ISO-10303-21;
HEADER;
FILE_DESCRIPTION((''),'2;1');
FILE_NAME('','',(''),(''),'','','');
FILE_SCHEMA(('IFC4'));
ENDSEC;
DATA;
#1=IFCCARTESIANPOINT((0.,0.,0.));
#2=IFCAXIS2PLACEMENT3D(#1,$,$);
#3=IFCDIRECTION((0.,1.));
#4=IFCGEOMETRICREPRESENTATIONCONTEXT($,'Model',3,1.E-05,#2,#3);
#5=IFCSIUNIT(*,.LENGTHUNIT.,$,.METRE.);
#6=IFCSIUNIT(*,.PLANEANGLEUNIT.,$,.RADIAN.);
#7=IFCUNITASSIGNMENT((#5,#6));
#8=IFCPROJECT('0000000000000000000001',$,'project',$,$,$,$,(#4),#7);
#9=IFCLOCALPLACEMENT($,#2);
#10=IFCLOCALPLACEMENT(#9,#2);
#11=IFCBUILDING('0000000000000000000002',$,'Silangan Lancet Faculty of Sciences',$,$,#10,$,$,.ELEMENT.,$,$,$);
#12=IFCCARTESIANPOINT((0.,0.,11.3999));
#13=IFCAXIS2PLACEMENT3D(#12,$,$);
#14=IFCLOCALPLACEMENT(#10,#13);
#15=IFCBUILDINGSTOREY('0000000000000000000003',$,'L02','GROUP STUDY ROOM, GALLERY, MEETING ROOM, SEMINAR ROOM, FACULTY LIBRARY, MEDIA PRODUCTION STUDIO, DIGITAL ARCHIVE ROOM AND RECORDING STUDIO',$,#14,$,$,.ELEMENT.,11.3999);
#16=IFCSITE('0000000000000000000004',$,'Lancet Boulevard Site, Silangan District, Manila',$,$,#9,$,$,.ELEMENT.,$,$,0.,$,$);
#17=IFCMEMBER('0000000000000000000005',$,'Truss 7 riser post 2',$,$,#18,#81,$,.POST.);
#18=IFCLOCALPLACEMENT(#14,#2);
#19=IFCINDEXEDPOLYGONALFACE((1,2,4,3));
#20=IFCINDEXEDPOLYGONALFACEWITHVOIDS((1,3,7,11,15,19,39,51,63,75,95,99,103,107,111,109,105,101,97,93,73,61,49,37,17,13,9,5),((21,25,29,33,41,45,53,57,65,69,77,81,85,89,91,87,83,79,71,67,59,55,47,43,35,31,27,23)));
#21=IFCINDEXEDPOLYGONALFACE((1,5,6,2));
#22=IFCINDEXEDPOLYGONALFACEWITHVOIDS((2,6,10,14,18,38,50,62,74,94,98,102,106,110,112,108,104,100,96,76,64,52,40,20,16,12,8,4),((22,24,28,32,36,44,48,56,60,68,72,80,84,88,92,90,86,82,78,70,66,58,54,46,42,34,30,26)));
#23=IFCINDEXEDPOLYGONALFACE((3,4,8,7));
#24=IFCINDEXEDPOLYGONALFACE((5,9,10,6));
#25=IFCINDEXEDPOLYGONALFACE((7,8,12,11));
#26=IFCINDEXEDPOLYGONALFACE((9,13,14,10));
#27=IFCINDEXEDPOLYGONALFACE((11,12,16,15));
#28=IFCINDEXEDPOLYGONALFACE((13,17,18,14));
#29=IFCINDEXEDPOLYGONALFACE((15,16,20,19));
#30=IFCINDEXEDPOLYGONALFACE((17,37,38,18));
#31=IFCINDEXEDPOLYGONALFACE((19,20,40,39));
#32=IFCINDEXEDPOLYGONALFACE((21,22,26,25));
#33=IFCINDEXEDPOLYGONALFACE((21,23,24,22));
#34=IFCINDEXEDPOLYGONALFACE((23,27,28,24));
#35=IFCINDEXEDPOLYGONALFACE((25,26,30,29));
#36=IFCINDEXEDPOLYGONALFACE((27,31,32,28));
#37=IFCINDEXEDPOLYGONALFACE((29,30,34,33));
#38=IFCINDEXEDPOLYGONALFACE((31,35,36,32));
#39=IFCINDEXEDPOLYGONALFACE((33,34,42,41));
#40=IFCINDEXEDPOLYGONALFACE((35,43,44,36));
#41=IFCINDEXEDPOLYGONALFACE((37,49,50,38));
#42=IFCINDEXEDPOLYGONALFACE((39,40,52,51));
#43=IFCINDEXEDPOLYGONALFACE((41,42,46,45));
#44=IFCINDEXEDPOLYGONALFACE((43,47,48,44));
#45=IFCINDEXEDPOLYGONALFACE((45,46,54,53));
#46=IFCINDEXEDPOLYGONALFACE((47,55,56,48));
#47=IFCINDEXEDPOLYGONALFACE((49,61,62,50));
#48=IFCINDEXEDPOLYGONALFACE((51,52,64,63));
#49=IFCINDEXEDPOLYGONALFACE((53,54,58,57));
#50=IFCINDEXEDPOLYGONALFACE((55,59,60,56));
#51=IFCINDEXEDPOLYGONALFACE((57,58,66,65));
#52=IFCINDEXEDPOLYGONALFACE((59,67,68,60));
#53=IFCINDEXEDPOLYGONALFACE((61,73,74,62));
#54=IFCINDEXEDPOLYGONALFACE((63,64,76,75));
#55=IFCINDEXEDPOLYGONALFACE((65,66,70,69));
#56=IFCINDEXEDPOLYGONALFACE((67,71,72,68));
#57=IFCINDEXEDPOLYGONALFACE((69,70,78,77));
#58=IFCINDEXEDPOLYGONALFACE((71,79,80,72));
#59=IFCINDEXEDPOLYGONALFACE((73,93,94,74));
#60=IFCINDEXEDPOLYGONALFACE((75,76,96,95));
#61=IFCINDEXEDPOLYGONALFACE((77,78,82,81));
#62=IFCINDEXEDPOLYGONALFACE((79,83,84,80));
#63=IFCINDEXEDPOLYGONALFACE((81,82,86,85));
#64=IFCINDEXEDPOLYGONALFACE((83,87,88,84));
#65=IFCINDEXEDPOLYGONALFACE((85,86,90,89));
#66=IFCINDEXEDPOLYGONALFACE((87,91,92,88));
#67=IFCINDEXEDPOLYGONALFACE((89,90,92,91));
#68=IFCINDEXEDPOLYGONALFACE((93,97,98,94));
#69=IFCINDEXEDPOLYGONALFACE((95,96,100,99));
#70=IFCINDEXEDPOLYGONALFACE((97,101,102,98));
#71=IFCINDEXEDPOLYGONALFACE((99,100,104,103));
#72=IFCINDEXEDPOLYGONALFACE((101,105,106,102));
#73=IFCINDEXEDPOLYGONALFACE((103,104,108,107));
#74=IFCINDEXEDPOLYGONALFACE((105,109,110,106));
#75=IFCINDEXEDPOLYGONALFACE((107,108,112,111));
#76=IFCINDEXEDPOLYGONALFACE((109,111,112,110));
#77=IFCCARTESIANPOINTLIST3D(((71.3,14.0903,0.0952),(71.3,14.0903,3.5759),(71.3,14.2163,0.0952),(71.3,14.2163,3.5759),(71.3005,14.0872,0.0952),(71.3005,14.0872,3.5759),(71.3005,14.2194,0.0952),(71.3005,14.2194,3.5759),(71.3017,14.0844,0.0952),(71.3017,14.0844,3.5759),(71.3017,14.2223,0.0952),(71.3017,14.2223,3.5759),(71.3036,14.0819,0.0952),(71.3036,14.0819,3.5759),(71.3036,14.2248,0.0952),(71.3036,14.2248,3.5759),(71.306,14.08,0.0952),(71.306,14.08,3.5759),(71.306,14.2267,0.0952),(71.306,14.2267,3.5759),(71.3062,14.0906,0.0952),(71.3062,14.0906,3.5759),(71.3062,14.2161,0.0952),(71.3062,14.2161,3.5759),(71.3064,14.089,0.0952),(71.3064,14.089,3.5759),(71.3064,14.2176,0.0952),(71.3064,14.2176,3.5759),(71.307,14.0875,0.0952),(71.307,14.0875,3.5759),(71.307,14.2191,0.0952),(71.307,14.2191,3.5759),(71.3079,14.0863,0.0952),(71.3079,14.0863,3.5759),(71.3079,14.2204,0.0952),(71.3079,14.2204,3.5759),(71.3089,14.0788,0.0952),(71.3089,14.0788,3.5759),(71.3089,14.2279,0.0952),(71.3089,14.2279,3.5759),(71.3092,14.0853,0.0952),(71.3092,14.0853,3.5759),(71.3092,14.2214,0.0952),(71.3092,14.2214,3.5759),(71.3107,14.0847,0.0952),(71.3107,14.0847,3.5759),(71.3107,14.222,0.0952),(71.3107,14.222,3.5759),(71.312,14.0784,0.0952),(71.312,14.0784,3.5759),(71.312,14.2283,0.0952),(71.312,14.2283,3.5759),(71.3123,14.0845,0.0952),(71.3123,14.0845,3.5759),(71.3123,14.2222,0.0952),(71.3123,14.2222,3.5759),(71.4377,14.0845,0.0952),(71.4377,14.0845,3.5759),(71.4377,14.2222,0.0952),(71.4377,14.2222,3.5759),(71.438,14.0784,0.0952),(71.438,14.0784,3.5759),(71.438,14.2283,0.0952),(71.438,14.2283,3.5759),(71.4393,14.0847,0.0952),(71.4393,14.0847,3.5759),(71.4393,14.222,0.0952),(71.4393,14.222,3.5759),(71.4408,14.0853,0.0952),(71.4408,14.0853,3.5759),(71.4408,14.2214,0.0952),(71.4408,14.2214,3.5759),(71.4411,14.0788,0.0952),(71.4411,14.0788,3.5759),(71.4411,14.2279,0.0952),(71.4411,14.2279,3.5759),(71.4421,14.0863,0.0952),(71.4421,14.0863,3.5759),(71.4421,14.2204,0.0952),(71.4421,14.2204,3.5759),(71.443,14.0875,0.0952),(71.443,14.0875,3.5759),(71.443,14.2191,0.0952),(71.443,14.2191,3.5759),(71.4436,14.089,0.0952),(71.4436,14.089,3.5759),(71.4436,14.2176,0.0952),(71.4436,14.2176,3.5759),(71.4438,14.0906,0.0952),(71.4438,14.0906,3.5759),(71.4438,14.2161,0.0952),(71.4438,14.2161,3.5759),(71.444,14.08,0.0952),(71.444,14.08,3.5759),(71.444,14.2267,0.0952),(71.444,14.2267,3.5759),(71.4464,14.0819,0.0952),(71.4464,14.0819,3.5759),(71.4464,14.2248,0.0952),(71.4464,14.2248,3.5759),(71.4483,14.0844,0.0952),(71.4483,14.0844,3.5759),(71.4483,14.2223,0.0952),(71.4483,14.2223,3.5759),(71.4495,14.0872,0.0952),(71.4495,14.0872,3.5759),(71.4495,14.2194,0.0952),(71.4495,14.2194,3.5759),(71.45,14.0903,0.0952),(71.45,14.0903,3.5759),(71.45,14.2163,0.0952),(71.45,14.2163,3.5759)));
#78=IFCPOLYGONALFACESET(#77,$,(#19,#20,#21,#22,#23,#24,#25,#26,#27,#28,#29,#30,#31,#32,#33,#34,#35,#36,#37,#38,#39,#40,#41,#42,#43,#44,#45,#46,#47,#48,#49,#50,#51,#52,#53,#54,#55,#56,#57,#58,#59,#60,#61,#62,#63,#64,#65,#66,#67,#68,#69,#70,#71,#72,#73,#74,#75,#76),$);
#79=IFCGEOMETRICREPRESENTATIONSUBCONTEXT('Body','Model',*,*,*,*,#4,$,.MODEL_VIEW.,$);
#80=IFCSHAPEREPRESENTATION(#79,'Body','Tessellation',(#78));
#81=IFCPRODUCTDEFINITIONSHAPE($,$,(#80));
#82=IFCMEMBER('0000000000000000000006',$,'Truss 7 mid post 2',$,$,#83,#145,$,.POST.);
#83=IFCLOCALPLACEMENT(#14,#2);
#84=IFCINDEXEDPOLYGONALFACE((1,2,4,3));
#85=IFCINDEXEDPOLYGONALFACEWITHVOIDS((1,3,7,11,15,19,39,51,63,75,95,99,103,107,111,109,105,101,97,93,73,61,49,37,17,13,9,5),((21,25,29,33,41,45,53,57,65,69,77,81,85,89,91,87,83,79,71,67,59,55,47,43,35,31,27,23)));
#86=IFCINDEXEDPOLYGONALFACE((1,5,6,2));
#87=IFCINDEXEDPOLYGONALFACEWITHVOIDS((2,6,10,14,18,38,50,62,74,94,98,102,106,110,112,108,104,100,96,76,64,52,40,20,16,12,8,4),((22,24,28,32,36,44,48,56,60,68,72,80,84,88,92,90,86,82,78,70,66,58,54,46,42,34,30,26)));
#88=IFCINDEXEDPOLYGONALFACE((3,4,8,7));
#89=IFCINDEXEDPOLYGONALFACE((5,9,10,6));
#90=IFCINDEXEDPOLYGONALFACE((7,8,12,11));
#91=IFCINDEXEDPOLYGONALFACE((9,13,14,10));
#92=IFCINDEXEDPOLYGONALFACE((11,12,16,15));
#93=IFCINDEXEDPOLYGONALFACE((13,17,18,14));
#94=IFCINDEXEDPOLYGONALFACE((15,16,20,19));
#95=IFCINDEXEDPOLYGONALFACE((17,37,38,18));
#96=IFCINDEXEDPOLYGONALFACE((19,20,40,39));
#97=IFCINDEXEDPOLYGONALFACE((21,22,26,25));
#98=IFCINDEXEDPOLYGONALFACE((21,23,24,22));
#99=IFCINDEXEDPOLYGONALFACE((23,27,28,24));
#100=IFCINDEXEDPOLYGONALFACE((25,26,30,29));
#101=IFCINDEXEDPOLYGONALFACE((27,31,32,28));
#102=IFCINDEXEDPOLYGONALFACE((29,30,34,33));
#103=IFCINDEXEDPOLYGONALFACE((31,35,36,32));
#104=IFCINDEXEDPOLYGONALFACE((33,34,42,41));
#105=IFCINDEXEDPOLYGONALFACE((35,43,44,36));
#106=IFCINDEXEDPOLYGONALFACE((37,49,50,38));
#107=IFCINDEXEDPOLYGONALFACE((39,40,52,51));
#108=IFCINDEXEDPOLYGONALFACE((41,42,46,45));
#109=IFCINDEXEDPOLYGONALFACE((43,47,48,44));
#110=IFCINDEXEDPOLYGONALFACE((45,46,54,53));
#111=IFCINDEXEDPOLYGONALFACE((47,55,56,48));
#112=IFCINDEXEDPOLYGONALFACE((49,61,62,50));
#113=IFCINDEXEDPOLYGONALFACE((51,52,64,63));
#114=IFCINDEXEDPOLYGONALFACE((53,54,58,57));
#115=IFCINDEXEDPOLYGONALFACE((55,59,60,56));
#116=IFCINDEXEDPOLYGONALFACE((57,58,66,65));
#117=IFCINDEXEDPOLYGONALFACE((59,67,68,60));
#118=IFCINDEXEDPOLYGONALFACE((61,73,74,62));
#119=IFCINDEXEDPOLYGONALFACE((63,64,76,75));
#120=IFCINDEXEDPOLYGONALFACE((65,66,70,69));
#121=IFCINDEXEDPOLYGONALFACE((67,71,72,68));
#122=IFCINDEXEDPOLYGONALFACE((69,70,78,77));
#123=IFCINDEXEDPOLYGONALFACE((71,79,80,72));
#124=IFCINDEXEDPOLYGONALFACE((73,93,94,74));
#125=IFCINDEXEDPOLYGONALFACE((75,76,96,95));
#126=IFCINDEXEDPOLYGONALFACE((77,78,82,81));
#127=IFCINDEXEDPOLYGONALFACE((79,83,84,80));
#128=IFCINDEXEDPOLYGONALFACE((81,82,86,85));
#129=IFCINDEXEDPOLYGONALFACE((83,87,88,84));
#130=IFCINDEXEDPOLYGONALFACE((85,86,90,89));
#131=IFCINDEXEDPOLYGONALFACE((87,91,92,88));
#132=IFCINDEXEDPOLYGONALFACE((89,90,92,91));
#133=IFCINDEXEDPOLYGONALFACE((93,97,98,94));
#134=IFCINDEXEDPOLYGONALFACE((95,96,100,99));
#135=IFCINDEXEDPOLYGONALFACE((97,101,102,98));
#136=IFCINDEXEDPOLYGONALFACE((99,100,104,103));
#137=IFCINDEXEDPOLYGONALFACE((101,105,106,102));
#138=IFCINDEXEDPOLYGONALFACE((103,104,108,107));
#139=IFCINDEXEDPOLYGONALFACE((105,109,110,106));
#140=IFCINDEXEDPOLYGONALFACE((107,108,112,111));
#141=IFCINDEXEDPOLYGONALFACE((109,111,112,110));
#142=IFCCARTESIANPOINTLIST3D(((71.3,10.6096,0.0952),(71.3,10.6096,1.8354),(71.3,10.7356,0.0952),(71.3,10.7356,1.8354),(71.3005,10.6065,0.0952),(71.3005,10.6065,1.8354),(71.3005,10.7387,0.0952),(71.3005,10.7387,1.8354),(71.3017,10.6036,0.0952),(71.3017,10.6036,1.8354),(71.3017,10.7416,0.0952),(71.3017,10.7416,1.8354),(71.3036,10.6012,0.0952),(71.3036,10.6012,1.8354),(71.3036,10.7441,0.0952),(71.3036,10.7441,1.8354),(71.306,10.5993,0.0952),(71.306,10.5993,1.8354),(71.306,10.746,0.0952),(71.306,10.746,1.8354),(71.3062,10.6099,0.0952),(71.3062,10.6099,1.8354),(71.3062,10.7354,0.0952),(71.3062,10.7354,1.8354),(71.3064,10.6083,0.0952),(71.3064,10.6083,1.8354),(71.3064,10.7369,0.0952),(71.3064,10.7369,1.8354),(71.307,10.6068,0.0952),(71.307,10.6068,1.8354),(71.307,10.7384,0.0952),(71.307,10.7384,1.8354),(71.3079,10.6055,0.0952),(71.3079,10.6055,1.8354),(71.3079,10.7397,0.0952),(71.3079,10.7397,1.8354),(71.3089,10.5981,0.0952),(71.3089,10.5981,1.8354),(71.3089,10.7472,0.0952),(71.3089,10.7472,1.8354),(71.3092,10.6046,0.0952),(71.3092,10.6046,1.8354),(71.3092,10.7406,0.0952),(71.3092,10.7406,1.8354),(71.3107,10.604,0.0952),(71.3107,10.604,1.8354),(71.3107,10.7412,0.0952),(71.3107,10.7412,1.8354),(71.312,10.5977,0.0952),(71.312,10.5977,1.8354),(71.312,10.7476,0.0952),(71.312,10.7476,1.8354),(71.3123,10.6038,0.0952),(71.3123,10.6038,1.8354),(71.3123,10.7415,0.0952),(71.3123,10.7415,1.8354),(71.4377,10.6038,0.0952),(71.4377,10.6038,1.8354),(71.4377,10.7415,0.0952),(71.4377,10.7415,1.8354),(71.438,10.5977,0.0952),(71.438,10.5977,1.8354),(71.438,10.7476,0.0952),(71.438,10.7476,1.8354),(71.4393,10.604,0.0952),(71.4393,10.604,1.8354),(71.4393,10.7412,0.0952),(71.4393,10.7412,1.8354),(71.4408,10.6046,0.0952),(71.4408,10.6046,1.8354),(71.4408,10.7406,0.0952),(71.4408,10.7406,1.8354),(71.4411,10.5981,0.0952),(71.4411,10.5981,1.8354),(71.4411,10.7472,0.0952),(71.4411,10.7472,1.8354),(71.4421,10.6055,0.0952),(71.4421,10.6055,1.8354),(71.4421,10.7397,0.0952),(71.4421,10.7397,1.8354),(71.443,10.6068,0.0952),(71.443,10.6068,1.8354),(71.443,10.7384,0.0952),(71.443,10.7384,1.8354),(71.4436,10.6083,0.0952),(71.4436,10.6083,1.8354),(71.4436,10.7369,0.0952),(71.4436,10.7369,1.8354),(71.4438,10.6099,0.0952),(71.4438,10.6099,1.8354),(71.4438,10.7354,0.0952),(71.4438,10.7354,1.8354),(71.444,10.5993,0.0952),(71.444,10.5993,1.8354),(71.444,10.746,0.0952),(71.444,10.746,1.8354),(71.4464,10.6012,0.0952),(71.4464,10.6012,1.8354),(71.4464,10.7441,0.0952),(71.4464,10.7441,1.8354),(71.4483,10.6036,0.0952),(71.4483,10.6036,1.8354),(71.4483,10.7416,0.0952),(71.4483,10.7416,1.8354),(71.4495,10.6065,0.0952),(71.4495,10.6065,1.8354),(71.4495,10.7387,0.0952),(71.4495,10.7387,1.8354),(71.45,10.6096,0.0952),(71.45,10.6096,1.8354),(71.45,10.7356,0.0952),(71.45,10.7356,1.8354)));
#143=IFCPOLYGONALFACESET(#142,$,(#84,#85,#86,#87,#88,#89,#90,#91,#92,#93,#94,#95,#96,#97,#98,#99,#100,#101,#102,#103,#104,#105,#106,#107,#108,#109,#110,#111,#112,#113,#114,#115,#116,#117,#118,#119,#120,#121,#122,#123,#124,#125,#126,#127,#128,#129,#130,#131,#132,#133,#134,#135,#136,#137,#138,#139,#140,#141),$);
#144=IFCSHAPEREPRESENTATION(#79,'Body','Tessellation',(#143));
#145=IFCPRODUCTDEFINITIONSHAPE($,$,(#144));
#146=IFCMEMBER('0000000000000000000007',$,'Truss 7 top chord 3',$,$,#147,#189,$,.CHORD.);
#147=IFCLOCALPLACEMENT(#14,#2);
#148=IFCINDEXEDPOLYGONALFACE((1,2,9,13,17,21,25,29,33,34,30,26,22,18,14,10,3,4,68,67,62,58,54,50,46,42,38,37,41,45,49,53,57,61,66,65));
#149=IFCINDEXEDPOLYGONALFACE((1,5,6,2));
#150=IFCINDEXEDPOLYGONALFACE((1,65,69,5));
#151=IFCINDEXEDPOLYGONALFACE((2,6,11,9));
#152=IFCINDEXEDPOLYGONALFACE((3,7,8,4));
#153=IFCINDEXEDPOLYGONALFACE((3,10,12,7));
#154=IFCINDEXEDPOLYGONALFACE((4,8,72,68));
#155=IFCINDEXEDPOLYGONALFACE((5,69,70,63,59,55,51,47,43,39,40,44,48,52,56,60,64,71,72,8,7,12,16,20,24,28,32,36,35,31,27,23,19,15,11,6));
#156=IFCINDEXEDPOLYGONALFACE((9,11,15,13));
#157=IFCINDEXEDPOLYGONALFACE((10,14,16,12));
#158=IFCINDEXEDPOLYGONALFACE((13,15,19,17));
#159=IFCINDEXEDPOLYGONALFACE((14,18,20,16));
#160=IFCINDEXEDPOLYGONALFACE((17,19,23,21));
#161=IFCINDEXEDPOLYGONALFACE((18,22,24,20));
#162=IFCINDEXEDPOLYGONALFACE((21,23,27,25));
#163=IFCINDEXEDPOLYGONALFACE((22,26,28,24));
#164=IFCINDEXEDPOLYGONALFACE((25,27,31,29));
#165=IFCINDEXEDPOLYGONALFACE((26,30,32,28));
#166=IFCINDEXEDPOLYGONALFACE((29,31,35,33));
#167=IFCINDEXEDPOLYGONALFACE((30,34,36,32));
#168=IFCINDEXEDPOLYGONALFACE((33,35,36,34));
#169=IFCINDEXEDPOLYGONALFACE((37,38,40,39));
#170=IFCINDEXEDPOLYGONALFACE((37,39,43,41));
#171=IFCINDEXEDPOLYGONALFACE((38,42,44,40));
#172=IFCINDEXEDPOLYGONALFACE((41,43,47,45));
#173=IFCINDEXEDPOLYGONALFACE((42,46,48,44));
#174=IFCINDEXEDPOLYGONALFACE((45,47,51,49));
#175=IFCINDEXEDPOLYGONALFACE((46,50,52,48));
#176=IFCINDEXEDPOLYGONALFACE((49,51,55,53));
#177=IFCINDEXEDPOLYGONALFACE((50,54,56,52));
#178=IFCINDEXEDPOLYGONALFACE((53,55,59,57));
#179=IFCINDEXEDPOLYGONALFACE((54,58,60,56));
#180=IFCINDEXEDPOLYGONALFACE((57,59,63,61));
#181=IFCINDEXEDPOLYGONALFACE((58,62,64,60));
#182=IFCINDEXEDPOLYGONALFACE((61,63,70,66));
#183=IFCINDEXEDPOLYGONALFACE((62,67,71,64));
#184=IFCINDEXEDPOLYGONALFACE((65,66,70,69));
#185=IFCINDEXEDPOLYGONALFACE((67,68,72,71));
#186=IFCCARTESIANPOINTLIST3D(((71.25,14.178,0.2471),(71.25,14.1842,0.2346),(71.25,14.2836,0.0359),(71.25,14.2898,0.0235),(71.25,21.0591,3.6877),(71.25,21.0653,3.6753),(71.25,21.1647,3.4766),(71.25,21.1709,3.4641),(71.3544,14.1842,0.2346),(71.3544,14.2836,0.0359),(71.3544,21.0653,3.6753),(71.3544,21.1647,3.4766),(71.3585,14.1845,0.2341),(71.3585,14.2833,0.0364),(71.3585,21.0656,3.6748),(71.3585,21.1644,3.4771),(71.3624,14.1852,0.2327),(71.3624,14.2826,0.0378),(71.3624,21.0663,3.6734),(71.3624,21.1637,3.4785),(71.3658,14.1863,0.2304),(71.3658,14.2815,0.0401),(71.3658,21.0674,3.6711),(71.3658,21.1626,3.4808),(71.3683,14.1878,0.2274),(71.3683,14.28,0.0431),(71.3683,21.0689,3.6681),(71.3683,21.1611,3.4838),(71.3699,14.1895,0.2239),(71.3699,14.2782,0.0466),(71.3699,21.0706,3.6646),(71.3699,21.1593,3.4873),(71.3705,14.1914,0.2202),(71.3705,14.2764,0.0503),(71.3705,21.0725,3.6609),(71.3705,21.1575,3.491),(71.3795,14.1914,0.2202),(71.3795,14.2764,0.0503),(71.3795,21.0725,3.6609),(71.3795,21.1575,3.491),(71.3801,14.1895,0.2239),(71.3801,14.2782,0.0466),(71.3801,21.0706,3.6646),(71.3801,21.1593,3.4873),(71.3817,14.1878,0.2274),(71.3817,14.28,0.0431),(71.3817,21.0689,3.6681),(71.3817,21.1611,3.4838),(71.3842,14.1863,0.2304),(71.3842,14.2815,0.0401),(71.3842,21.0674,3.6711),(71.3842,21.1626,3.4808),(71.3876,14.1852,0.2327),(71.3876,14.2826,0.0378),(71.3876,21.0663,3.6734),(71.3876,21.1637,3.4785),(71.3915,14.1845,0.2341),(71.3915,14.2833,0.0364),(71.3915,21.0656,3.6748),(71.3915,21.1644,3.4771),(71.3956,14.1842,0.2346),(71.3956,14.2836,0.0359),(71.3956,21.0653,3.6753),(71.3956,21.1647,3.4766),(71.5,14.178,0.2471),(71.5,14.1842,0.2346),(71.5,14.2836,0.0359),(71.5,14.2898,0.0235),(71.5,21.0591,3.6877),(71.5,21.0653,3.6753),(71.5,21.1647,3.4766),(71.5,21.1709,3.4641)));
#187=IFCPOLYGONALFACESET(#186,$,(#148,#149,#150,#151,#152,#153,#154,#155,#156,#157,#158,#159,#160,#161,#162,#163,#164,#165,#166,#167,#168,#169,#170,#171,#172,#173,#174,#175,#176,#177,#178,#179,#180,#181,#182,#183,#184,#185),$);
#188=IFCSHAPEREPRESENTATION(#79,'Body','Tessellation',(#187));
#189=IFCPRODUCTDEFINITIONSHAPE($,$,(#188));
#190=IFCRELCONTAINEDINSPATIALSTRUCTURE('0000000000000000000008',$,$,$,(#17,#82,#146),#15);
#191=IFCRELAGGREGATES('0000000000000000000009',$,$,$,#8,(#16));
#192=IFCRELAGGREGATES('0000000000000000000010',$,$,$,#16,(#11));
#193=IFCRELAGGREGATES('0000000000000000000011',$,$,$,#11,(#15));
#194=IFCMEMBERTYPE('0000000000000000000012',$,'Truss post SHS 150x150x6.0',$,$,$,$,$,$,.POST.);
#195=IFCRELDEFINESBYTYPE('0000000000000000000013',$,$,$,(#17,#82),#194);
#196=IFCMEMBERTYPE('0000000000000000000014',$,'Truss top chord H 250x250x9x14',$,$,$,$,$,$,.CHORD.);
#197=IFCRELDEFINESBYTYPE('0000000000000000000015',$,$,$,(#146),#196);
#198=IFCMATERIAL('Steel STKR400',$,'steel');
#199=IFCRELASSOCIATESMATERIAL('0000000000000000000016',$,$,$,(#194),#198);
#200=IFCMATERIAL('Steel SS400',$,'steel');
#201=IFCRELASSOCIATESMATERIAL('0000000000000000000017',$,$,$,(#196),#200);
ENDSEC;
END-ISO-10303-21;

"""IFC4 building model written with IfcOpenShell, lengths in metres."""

from ifc_helpers import new_model, si_unit, direction, frame, origin, origin_2d, place, context, subcontext, project, spatial, hollow_rectangle, i_section, extrude, material, material_profile, profile_set, type_object, element, save


model = new_model("IFC4")

# Units and contexts
model_context = context("Model", 3, precision=1e-05, world=origin(), true_north=direction((0.0, 1.0)))
body_context = subcontext(model_context, "Body", "Model", "MODEL_VIEW")
ifc_project = project(units=[si_unit("LENGTHUNIT", "METRE"), si_unit("PLANEANGLEUNIT", "RADIAN")], contexts=[model_context])

# Site, building, storey
site_placement = place(None, origin())
site = spatial("IfcSite", under=ifc_project, at=site_placement, Name="Lancet Boulevard Site, Silangan District, Manila", CompositionType="ELEMENT", RefElevation=0.0)
building_placement = place(site_placement, origin())
building = spatial("IfcBuilding", under=site, at=building_placement, Name="Silangan Lancet Faculty of Sciences", CompositionType="ELEMENT")
storey_placement = place(building_placement, frame((0.0, 0.0, 11.3999)))
storey = spatial("IfcBuildingStorey", under=building, at=storey_placement, Name="L02", Description="GROUP STUDY ROOM, GALLERY, MEETING ROOM, SEMINAR ROOM, FACULTY LIBRARY, MEDIA PRODUCTION STUDIO, DIGITAL ARCHIVE ROOM AND RECORDING STUDIO", CompositionType="ELEMENT", Elevation=11.3999)

# Members
ifc_material_1 = material(Name="Steel STKR400", Category="steel")
ifc_material_profile_1 = material_profile(ifc_material_1, hollow_rectangle(XDim=0.1499, YDim=0.1499, WallThickness=0.0061, InnerFilletRadius=0.0061, OuterFilletRadius=0.012, at=origin_2d()), Name="SHS 150x150x6.0")
ifc_profile_set_1 = profile_set([ifc_material_profile_1], Name="Steel STKR400")
member_type_1 = type_object("IfcMemberType", Name="Truss post SHS 150x150x6.0", PredefinedType="POST", material=ifc_profile_set_1)
member_1_placement = place(storey_placement, frame((71.375, 14.1533, 0.0952), z_axis=(0.0, 0.0, 1.0), x_axis=(1.0, 0.0, 0.0)))
element("IfcMember", 1, at=member_1_placement, inside=storey, type_object=member_type_1, Name="Truss 7 riser post 2", PredefinedType="POST", context=body_context, shape_type="SweptSolid", body=[
    extrude(hollow_rectangle(XDim=0.1499, YDim=0.1499, WallThickness=0.0061, InnerFilletRadius=0.0061, OuterFilletRadius=0.012, at=origin_2d()), origin(), (0.0, 0.0, 1.0), 3.4807),
])
member_2_placement = place(storey_placement, frame((71.375, 10.6726, 0.0952), z_axis=(0.0, 0.0, 1.0), x_axis=(1.0, 0.0, 0.0)))
element("IfcMember", 2, at=member_2_placement, inside=storey, type_object=member_type_1, Name="Truss 7 mid post 2", PredefinedType="POST", context=body_context, shape_type="SweptSolid", body=[
    extrude(hollow_rectangle(XDim=0.1499, YDim=0.1499, WallThickness=0.0061, InnerFilletRadius=0.0061, OuterFilletRadius=0.012, at=origin_2d()), origin(), (0.0, 0.0, 1.0), 1.7402),
])
ifc_material_2 = material(Name="Steel SS400", Category="steel")
ifc_material_profile_2 = material_profile(ifc_material_2, i_section(OverallWidth=0.25, OverallDepth=0.25, WebThickness=0.009, FlangeThickness=0.0139, FilletRadius=0.0161, at=origin_2d()), Name="H 250x250x9x14")
ifc_profile_set_2 = profile_set([ifc_material_profile_2], Name="Steel SS400")
member_type_2 = type_object("IfcMemberType", Name="Truss top chord H 250x250x9x14", PredefinedType="CHORD", material=ifc_profile_set_2)
member_3_placement = place(storey_placement, frame((71.375, 14.2339, 0.1353), z_axis=(0.0, 0.894421, 0.447226), x_axis=(-1.0, 0.0, 0.0)))
element("IfcMember", 3, at=member_3_placement, inside=storey, type_object=member_type_2, Name="Truss 7 top chord 3", PredefinedType="CHORD", context=body_context, shape_type="SweptSolid", body=[
    extrude(i_section(OverallWidth=0.25, OverallDepth=0.25, WebThickness=0.009, FlangeThickness=0.0139, FilletRadius=0.0161, at=origin_2d()), origin(), (0.0, 0.0, 1.0), 7.6934),
])

save(model, "model.ifc")
